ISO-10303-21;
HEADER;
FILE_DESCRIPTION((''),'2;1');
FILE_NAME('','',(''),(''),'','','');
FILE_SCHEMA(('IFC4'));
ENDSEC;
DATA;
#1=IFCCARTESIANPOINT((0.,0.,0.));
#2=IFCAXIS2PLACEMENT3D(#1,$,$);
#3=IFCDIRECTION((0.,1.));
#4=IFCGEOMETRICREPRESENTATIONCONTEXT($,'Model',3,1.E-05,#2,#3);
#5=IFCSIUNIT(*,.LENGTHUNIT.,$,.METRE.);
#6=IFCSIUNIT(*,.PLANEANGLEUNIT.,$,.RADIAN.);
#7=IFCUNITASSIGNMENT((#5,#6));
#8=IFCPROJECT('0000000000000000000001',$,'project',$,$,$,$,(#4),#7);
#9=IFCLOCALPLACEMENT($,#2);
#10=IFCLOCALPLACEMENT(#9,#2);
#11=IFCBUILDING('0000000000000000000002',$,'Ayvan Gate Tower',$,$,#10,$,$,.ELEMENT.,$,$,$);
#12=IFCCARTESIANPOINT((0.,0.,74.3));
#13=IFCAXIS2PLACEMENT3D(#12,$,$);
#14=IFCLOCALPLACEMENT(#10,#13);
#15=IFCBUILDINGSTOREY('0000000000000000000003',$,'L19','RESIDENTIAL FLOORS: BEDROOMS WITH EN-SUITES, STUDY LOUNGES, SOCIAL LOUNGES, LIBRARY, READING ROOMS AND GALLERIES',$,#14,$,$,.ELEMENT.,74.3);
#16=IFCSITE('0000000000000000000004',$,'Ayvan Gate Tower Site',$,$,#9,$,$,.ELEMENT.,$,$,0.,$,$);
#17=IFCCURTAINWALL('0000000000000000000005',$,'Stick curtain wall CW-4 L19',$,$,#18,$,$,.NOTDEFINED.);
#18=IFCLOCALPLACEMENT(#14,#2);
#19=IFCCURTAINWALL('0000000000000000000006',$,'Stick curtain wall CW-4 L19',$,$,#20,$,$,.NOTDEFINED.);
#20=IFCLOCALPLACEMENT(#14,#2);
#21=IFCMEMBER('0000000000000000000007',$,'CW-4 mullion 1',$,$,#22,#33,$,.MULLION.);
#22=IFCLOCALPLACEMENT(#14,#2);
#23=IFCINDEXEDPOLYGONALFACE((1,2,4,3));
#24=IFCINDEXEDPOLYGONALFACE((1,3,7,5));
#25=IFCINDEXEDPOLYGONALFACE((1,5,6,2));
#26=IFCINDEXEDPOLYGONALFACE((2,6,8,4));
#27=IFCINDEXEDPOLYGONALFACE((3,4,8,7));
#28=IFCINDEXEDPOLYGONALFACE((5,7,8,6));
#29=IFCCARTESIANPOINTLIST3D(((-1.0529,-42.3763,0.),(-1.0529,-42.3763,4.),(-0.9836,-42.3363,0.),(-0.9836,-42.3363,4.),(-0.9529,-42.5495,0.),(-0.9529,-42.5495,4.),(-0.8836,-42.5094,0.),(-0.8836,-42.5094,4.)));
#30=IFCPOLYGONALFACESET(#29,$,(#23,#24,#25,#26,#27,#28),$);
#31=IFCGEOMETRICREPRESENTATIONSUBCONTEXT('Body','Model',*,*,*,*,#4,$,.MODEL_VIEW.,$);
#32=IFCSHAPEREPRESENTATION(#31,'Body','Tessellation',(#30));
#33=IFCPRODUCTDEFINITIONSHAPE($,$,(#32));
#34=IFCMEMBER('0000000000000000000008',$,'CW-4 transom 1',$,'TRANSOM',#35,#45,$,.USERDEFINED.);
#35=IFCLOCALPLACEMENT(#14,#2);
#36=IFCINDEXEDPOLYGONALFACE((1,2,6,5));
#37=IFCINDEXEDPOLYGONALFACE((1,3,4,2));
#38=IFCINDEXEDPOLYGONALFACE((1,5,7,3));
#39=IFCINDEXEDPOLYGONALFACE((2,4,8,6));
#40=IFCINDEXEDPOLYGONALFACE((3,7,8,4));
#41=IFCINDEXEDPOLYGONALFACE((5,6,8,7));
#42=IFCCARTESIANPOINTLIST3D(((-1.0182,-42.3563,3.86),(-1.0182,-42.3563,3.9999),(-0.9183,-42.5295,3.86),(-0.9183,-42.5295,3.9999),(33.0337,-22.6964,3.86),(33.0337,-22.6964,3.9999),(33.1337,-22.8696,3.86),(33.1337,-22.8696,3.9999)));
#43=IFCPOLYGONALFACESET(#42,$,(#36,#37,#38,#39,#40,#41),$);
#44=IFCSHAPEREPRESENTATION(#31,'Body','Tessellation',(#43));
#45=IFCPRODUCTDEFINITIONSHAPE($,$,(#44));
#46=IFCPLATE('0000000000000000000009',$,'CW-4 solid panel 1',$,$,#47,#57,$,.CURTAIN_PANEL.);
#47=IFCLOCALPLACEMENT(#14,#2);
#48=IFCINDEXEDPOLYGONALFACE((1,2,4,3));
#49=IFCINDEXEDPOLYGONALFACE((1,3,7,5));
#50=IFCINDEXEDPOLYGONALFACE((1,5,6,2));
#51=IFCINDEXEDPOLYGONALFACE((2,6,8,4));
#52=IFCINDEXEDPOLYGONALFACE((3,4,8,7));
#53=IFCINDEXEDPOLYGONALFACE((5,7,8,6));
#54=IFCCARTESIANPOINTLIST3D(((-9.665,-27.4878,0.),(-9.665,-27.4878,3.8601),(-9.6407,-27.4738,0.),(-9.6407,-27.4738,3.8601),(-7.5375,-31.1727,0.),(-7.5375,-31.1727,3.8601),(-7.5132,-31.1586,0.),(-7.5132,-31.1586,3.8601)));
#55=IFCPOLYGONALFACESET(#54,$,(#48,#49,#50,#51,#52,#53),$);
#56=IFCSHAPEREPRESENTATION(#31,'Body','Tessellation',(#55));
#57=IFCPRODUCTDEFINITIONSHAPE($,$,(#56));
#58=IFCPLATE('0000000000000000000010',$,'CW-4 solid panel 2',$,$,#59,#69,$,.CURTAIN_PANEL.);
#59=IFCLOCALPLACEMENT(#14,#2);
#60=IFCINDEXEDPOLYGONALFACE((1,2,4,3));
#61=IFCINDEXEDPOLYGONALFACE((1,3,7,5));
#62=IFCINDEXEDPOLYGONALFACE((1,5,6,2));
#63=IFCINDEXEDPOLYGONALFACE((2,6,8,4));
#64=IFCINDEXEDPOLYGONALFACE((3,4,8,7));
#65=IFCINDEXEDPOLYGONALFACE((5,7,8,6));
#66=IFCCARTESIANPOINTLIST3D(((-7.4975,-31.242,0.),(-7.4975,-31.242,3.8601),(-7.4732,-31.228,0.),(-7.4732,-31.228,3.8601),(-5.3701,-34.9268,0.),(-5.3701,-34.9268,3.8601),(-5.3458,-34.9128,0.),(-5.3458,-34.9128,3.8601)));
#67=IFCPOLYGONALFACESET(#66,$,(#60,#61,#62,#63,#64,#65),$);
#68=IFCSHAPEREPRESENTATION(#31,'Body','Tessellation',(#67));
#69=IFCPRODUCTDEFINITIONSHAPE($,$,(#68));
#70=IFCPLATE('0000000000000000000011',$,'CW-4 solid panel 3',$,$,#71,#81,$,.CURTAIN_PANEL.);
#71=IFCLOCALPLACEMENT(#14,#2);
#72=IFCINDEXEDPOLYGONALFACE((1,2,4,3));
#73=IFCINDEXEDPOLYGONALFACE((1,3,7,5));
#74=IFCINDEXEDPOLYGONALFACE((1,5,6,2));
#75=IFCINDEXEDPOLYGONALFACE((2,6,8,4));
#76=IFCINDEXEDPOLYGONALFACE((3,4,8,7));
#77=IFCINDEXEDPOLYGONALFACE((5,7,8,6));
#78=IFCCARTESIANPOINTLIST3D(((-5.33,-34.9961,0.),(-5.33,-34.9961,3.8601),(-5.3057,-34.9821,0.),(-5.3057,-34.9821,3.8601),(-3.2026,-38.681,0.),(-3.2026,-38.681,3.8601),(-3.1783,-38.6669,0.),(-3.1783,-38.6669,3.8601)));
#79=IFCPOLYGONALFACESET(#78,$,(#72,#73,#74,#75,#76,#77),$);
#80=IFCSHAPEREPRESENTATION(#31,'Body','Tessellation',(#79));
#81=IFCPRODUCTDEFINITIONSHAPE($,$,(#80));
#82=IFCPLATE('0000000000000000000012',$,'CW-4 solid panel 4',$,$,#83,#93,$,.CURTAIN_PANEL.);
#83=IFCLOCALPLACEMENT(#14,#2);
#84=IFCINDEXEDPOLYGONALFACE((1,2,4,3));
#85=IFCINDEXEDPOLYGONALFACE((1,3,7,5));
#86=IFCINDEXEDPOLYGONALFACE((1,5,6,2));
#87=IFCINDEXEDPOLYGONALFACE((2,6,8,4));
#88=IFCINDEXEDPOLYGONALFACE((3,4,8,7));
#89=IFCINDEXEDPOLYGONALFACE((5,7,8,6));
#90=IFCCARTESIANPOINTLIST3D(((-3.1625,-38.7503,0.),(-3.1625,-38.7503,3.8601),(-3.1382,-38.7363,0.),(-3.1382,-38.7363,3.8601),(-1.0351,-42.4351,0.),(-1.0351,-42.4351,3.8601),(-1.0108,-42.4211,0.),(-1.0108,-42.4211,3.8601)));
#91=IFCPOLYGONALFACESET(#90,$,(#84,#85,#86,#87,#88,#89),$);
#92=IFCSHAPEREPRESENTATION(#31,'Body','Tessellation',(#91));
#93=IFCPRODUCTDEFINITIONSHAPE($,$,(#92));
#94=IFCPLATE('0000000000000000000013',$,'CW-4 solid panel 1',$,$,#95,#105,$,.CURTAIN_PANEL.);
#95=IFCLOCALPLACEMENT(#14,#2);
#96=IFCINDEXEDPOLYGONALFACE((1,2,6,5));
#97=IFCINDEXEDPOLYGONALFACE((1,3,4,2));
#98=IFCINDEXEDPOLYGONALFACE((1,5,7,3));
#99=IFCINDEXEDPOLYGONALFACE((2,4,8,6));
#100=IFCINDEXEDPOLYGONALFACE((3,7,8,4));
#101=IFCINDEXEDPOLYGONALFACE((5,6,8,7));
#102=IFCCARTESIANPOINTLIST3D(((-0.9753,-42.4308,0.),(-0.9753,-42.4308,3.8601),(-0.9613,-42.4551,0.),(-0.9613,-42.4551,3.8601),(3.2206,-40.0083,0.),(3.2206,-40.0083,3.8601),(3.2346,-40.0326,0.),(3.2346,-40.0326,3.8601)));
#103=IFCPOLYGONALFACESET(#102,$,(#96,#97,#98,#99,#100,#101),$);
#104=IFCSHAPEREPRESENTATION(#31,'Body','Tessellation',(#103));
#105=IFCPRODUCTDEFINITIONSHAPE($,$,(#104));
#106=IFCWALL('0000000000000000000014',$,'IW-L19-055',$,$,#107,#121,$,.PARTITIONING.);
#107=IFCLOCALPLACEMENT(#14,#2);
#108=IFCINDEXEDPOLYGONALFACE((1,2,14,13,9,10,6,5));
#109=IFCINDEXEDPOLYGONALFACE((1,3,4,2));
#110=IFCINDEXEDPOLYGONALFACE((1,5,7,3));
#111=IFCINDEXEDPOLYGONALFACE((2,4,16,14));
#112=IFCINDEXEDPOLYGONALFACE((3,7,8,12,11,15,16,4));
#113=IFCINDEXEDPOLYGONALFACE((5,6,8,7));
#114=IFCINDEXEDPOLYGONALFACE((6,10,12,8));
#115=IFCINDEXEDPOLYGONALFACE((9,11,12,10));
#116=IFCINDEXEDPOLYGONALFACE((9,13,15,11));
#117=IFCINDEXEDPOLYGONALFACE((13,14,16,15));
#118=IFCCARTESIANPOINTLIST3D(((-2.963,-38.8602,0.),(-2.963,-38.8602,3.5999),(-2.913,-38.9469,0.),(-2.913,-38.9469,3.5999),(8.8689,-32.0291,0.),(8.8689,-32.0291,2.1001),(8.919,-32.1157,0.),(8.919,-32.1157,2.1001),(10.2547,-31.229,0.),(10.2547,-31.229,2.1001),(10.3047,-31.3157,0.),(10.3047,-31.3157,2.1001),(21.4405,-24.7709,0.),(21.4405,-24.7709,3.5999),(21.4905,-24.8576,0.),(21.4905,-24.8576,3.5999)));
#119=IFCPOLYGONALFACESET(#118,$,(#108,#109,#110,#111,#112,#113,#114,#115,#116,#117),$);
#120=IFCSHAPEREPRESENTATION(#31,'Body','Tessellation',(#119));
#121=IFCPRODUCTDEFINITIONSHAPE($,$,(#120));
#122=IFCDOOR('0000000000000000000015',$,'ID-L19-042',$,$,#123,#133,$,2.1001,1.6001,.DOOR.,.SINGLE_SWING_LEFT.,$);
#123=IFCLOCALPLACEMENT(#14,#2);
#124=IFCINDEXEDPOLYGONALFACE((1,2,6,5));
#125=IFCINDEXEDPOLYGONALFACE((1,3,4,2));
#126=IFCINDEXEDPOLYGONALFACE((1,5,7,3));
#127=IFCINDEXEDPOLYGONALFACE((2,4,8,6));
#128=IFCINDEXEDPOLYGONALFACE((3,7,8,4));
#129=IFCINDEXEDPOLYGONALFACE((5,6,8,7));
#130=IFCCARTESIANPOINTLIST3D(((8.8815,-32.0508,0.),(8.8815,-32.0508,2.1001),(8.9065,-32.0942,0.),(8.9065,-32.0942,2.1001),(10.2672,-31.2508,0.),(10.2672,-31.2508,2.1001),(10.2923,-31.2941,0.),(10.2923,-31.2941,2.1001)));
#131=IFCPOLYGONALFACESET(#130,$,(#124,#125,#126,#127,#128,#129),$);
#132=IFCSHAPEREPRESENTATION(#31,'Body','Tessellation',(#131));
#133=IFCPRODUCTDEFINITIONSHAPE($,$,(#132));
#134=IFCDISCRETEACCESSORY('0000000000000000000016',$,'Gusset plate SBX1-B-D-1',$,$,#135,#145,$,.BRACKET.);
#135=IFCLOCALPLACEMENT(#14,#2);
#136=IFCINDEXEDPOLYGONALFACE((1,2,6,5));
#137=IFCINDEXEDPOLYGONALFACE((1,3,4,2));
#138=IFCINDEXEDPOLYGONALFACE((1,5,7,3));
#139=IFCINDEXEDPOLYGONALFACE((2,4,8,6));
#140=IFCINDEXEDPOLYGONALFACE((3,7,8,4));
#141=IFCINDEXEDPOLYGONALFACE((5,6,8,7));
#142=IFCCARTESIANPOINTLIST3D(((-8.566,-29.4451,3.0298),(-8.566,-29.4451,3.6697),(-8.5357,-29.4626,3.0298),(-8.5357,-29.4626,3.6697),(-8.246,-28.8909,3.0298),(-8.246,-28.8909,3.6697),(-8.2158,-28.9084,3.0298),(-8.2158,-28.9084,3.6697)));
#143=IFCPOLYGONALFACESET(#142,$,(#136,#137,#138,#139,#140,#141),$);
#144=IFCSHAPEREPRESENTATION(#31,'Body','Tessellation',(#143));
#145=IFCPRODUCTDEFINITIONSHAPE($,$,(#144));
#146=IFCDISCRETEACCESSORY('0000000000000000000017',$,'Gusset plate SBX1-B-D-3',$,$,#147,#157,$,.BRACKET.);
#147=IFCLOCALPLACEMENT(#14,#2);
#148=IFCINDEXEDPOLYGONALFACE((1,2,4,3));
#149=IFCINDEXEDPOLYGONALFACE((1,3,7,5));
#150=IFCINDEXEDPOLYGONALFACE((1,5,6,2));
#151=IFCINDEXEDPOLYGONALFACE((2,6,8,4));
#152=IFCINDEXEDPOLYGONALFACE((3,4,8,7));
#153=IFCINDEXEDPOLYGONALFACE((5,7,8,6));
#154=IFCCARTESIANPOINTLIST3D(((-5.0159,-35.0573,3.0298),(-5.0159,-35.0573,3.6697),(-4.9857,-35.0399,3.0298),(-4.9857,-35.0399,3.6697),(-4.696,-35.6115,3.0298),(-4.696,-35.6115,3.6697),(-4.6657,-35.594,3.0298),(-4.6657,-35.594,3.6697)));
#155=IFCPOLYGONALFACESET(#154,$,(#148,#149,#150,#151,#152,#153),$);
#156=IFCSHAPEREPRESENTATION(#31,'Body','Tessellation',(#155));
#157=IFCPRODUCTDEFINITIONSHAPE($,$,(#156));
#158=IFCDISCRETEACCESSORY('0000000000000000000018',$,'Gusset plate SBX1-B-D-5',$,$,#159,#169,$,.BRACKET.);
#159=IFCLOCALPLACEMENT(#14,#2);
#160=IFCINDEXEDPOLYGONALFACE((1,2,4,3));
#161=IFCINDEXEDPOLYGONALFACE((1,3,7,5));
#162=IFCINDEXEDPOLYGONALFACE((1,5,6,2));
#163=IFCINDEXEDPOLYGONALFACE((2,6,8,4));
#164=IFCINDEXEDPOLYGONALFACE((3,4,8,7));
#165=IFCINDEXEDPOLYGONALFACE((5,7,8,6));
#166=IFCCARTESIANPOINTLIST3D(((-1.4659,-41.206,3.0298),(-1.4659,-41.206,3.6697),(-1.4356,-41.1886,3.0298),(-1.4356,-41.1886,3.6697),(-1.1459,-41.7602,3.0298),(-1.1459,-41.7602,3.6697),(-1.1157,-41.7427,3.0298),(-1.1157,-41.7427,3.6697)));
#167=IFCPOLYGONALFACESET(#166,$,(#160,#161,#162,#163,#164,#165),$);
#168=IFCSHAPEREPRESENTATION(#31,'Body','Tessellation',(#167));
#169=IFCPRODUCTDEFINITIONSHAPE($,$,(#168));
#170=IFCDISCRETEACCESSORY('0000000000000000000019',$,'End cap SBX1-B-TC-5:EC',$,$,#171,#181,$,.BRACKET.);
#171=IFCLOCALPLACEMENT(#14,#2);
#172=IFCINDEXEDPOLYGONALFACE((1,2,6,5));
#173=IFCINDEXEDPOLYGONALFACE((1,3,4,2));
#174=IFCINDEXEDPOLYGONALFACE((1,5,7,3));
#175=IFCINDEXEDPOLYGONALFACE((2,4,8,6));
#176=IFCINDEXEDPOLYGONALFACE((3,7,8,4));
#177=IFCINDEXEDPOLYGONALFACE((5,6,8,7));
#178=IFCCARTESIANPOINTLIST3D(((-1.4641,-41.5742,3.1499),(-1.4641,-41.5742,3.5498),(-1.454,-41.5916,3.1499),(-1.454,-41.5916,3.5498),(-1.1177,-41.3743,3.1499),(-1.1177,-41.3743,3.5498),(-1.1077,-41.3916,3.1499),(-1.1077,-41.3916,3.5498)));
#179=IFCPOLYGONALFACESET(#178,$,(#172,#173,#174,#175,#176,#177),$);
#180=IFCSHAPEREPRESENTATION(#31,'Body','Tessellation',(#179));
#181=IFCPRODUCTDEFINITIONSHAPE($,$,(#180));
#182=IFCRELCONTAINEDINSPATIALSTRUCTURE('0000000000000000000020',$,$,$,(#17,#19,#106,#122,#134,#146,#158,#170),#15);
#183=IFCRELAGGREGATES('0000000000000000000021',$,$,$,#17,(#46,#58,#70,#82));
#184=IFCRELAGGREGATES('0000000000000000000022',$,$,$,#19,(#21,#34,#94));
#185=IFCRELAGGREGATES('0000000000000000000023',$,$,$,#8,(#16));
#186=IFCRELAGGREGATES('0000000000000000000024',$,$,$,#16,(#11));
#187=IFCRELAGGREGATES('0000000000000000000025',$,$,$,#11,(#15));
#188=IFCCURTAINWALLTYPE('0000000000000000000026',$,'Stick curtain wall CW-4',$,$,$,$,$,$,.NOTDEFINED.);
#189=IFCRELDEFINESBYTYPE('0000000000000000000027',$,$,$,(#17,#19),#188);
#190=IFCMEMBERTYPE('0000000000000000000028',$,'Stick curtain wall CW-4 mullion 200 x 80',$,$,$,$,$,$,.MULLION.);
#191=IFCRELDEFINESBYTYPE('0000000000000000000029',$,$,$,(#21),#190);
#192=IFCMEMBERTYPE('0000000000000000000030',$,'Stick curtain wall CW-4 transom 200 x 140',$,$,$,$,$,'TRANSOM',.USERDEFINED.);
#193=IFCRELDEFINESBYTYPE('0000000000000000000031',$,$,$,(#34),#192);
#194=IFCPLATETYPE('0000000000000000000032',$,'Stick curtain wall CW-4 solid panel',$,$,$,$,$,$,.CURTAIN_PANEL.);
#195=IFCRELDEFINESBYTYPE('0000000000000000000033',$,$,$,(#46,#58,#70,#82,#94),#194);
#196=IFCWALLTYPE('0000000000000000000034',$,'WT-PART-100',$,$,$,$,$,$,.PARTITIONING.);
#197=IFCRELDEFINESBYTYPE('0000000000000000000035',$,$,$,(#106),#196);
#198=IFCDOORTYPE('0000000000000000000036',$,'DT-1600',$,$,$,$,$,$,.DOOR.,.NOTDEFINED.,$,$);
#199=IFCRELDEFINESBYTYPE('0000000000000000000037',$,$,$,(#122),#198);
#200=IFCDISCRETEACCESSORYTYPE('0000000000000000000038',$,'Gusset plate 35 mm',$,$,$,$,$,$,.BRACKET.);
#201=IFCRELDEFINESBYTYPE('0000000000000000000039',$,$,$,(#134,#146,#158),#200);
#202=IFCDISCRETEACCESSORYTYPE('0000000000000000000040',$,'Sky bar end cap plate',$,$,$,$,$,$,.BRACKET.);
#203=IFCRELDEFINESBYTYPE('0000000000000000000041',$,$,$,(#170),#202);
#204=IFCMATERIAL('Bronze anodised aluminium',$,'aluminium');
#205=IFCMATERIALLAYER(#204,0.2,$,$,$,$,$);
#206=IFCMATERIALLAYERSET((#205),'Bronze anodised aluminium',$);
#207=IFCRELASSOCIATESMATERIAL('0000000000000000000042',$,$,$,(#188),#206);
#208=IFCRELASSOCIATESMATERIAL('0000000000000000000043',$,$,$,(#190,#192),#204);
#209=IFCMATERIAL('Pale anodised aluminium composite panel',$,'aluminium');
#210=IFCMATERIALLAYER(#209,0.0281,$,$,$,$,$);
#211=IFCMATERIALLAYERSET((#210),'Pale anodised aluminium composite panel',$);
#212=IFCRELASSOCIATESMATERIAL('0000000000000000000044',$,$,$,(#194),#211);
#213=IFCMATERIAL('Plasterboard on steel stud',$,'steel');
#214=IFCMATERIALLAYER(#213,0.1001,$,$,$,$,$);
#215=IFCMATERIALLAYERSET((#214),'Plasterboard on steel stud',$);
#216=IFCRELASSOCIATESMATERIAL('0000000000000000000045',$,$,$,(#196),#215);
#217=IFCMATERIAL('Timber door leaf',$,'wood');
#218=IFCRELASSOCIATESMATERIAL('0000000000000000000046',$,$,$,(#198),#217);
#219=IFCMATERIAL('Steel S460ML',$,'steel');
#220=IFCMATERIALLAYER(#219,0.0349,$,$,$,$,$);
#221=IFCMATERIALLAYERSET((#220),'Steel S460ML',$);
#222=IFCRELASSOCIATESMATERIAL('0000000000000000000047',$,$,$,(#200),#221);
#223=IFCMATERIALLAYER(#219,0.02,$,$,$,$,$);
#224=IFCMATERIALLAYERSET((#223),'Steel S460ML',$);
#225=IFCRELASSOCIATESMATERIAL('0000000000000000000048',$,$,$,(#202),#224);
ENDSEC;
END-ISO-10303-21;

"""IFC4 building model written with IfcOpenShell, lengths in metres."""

from ifc_helpers import new_model, si_unit, direction, frame, frame_2d, origin, origin_2d, place, context, subcontext, project, spatial, rectangle, extrude, material, layer, layer_set, material_profile, profile_set, type_object, element, fill, aggregate, save


model = new_model("IFC4")

# Units and contexts
model_context = context("Model", 3, precision=1e-05, world=origin(), true_north=direction((0.0, 1.0)))
body_context = subcontext(model_context, "Body", "Model", "MODEL_VIEW")
ifc_project = project(units=[si_unit("LENGTHUNIT", "METRE"), si_unit("PLANEANGLEUNIT", "RADIAN")], contexts=[model_context])

# Site, building, storey
site_placement = place(None, origin())
site = spatial("IfcSite", under=ifc_project, at=site_placement, Name="Ayvan Gate Tower Site", CompositionType="ELEMENT", RefElevation=0.0)
building_placement = place(site_placement, origin())
building = spatial("IfcBuilding", under=site, at=building_placement, Name="Ayvan Gate Tower", CompositionType="ELEMENT")
storey_placement = place(building_placement, frame((0.0, 0.0, 74.3)))
storey = spatial("IfcBuildingStorey", under=building, at=storey_placement, Name="L19", Description="RESIDENTIAL FLOORS: BEDROOMS WITH EN-SUITES, STUDY LOUNGES, SOCIAL LOUNGES, LIBRARY, READING ROOMS AND GALLERIES", CompositionType="ELEMENT", Elevation=74.3)

# Shared definitions
ifc_material_1 = material(Name="Steel S460ML", Category="steel")

# Curtain walls, members
ifc_material_2 = material(Name="Bronze anodised aluminium", Category="aluminium")
ifc_layer_1 = layer(ifc_material_2, 0.2)
ifc_layer_set_1 = layer_set([ifc_layer_1], Name="Bronze anodised aluminium")
curtain_wall_type = type_object("IfcCurtainWallType", Name="Stick curtain wall CW-4", PredefinedType="NOTDEFINED", material=ifc_layer_set_1)
curtain_wall_1_placement = place(storey_placement, origin())
curtain_wall_1 = element("IfcCurtainWall", 1, at=curtain_wall_1_placement, inside=storey, type_object=curtain_wall_type, Name="Stick curtain wall CW-4 L19", PredefinedType="NOTDEFINED")
ifc_material_profile_1 = material_profile(ifc_material_2, rectangle(XDim=0.2, YDim=0.0801, at=origin_2d()), Name="Stick curtain wall CW-4 mullion 200 x 80")
ifc_profile_set_1 = profile_set([ifc_material_profile_1], Name="Bronze anodised aluminium")
member_type_1 = type_object("IfcMemberType", Name="Stick curtain wall CW-4 mullion 200 x 80", PredefinedType="MULLION", material=ifc_profile_set_1)
curtain_wall_2_placement = place(storey_placement, origin())
curtain_wall_2 = element("IfcCurtainWall", 2, at=curtain_wall_2_placement, inside=storey, type_object=curtain_wall_type, Name="Stick curtain wall CW-4 L19", PredefinedType="NOTDEFINED")
member_1_placement = place(storey_placement, frame((-0.9683, -42.4429, 0.0), z_axis=(0.0, 0.0, 1.0), x_axis=(0.5, -0.866025, 0.0)))
member_1 = element("IfcMember", 3, at=member_1_placement, type_object=member_type_1, Name="CW-4 mullion 1", PredefinedType="MULLION", context=body_context, shape_type="SweptSolid", body=[
    extrude(rectangle(XDim=0.2, YDim=0.0801, at=origin_2d()), origin(), (0.0, 0.0, 1.0), 4.0),
])
ifc_material_profile_2 = material_profile(ifc_material_2, rectangle(XDim=0.2, YDim=0.1399, at=origin_2d()), Name="Stick curtain wall CW-4 transom 200 x 140")
ifc_profile_set_2 = profile_set([ifc_material_profile_2], Name="Bronze anodised aluminium")
member_type_2 = type_object("IfcMemberType", Name="Stick curtain wall CW-4 transom 200 x 140", ElementType="TRANSOM", PredefinedType="USERDEFINED", material=ifc_profile_set_2)
member_2_placement = place(storey_placement, frame((-0.9683, -42.4429, 3.9299), z_axis=(0.866026, 0.5, 0.0), x_axis=(-0.5, 0.866026, 0.0)))
member_2 = element("IfcMember", 4, at=member_2_placement, type_object=member_type_2, Name="CW-4 transom 1", ObjectType="TRANSOM", PredefinedType="USERDEFINED", context=body_context, shape_type="SweptSolid", body=[
    extrude(rectangle(XDim=0.2, YDim=0.1399, at=origin_2d()), origin(), (0.0, 0.0, 1.0), 39.3198),
])

# Plates
ifc_material_3 = material(Name="Pale anodised aluminium composite panel", Category="aluminium")
ifc_layer_2 = layer(ifc_material_3, 0.0281)
ifc_layer_set_2 = layer_set([ifc_layer_2], Name="Pale anodised aluminium composite panel")
plate_type = type_object("IfcPlateType", Name="Stick curtain wall CW-4 solid panel", PredefinedType="CURTAIN_PANEL", material=ifc_layer_set_2)
plate_1_placement = place(storey_placement, frame((-8.5891, -29.3232, 0.0), z_axis=(0.0, 0.0, 1.0), x_axis=(0.5, -0.866025, 0.0)))
plate_1 = element("IfcPlate", 5, at=plate_1_placement, type_object=plate_type, Name="CW-4 solid panel 1", PredefinedType="CURTAIN_PANEL", context=body_context, shape_type="SweptSolid", body=[
    extrude(rectangle(XDim=4.2549, YDim=0.0281, at=origin_2d()), origin(), (0.0, 0.0, 1.0), 3.8601),
])
plate_2_placement = place(storey_placement, frame((-6.4216, -33.0774, 0.0), z_axis=(0.0, 0.0, 1.0), x_axis=(0.5, -0.866025, 0.0)))
plate_2 = element("IfcPlate", 6, at=plate_2_placement, type_object=plate_type, Name="CW-4 solid panel 2", PredefinedType="CURTAIN_PANEL", context=body_context, shape_type="SweptSolid", body=[
    extrude(rectangle(XDim=4.2549, YDim=0.0281, at=origin_2d()), origin(), (0.0, 0.0, 1.0), 3.8601),
])
plate_3_placement = place(storey_placement, frame((-4.2542, -36.8315, 0.0), z_axis=(0.0, 0.0, 1.0), x_axis=(0.5, -0.866025, 0.0)))
plate_3 = element("IfcPlate", 7, at=plate_3_placement, type_object=plate_type, Name="CW-4 solid panel 3", PredefinedType="CURTAIN_PANEL", context=body_context, shape_type="SweptSolid", body=[
    extrude(rectangle(XDim=4.2549, YDim=0.0281, at=origin_2d()), origin(), (0.0, 0.0, 1.0), 3.8601),
])
plate_4_placement = place(storey_placement, frame((-2.0867, -40.5857, 0.0), z_axis=(0.0, 0.0, 1.0), x_axis=(0.5, -0.866025, 0.0)))
plate_4 = element("IfcPlate", 8, at=plate_4_placement, type_object=plate_type, Name="CW-4 solid panel 4", PredefinedType="CURTAIN_PANEL", context=body_context, shape_type="SweptSolid", body=[
    extrude(rectangle(XDim=4.2549, YDim=0.0281, at=origin_2d()), origin(), (0.0, 0.0, 1.0), 3.8601),
])
aggregate(curtain_wall_1, [plate_1, plate_2, plate_3, plate_4])
plate_5_placement = place(storey_placement, frame((1.1296, -41.2317, 0.0), z_axis=(0.0, 0.0, 1.0), x_axis=(0.866025, 0.5, 0.0)))
plate_5 = element("IfcPlate", 9, at=plate_5_placement, type_object=plate_type, Name="CW-4 solid panel 1", PredefinedType="CURTAIN_PANEL", context=body_context, shape_type="SweptSolid", body=[
    extrude(rectangle(XDim=4.845, YDim=0.0281, at=origin_2d()), origin(), (0.0, 0.0, 1.0), 3.8601),
])
aggregate(curtain_wall_2, [member_1, member_2, plate_5])

# Wall, opening, door
ifc_material_4 = material(Name="Plasterboard on steel stud", Category="steel")
ifc_layer_3 = layer(ifc_material_4, 0.1001)
ifc_layer_set_3 = layer_set([ifc_layer_3], Name="Plasterboard on steel stud")
wall_type = type_object("IfcWallType", Name="WT-PART-100", PredefinedType="PARTITIONING", material=ifc_layer_set_3)
wall_placement = place(storey_placement, frame((-2.938, -38.9036, 0.0), z_axis=(0.0, 0.0, 1.0), x_axis=(0.866026, 0.499999, 0.0)))
wall = element("IfcWall", 10, at=wall_placement, inside=storey, type_object=wall_type, Name="IW-L19-055", PredefinedType="PARTITIONING", context=body_context, shape_type="SweptSolid", body=[
    extrude(rectangle(XDim=28.1787, YDim=0.1001, at=frame_2d((14.0894, 0.0))), origin(), (0.0, 0.0, 1.0), 3.5999),
])
opening_placement = place(wall_placement, frame((13.6624, 0.0, 0.0)))
opening = element("IfcOpeningElement", 11, at=opening_placement, cuts=wall, PredefinedType="OPENING", context=body_context, shape_type="SweptSolid", body=[
    extrude(rectangle(XDim=1.6001, YDim=2.1001, at=frame_2d((0.8, 1.05))), frame((0.0, 0.0601, 0.0), z_axis=(0.0, -1.0, 0.0), x_axis=(1.0, 0.0, 0.0)), (0.0, 0.0, 1.0), 0.1201),
])
ifc_material_5 = material(Name="Timber door leaf", Category="wood")
door_type = type_object("IfcDoorType", Name="DT-1600", OperationType="NOTDEFINED", PredefinedType="DOOR", material=ifc_material_5)
door_placement = place(opening_placement, origin())
door = element("IfcDoor", 12, at=door_placement, inside=storey, type_object=door_type, Name="ID-L19-042", OperationType="SINGLE_SWING_LEFT", OverallHeight=2.1001, OverallWidth=1.6001, PredefinedType="DOOR", context=body_context, shape_type="SweptSolid", body=[
    extrude(rectangle(XDim=1.6001, YDim=2.1001, at=frame_2d((0.8, 1.05))), frame((0.0, 0.0249, 0.0), z_axis=(0.0, -1.0, 0.0), x_axis=(1.0, 0.0, 0.0)), (0.0, 0.0, 1.0), 0.05),
])
fill(opening, door)

# Discrete accessories
ifc_layer_4 = layer(ifc_material_1, 0.0349)
ifc_layer_set_4 = layer_set([ifc_layer_4], Name="Steel S460ML")
discrete_accessory_type_1 = type_object("IfcDiscreteAccessoryType", Name="Gusset plate 35 mm", PredefinedType="BRACKET", material=ifc_layer_set_4)
for number, where, z_axis, x_axis, name in (
    (13, (-8.3909, -29.1768, 3.0298), (0.0, 0.0, 1.0), (0.5, 0.866025, 0.0), "Gusset plate SBX1-B-D-1"),
    (14, (-4.8408, -35.3257, 3.0298), (0.0, 0.0, 1.0), (-0.5, 0.866025, 0.0), "Gusset plate SBX1-B-D-3"),
    (15, (-1.2908, -41.4744, 3.0298), (0.0, 0.0, 1.0), (-0.5, 0.866025, 0.0), "Gusset plate SBX1-B-D-5"),
):
    element("IfcDiscreteAccessory", number, at=place(storey_placement, frame(where, z_axis=z_axis, x_axis=x_axis)), inside=storey, type_object=discrete_accessory_type_1, Name=name, PredefinedType="BRACKET", context=body_context, shape_type="SweptSolid", body=[
        extrude(rectangle(XDim=0.6399, YDim=0.0349, at=origin_2d()), origin(), (0.0, 0.0, 1.0), 0.6399),
    ])
ifc_layer_5 = layer(ifc_material_1, 0.02)
ifc_layer_set_5 = layer_set([ifc_layer_5], Name="Steel S460ML")
discrete_accessory_type_2 = type_object("IfcDiscreteAccessoryType", Name="Sky bar end cap plate", PredefinedType="BRACKET", material=ifc_layer_set_5)
discrete_accessory_placement = place(storey_placement, frame((-1.2859, -41.4829, 3.1499), z_axis=(0.0, 0.0, 1.0), x_axis=(0.5, -0.866025, 0.0)))
element("IfcDiscreteAccessory", 16, at=discrete_accessory_placement, inside=storey, type_object=discrete_accessory_type_2, Name="End cap SBX1-B-TC-5:EC", PredefinedType="BRACKET", context=body_context, shape_type="SweptSolid", body=[
    extrude(rectangle(XDim=0.02, YDim=0.3999, at=origin_2d()), origin(), (0.0, 0.0, 1.0), 0.3999),
])

save(model, "model.ifc")
